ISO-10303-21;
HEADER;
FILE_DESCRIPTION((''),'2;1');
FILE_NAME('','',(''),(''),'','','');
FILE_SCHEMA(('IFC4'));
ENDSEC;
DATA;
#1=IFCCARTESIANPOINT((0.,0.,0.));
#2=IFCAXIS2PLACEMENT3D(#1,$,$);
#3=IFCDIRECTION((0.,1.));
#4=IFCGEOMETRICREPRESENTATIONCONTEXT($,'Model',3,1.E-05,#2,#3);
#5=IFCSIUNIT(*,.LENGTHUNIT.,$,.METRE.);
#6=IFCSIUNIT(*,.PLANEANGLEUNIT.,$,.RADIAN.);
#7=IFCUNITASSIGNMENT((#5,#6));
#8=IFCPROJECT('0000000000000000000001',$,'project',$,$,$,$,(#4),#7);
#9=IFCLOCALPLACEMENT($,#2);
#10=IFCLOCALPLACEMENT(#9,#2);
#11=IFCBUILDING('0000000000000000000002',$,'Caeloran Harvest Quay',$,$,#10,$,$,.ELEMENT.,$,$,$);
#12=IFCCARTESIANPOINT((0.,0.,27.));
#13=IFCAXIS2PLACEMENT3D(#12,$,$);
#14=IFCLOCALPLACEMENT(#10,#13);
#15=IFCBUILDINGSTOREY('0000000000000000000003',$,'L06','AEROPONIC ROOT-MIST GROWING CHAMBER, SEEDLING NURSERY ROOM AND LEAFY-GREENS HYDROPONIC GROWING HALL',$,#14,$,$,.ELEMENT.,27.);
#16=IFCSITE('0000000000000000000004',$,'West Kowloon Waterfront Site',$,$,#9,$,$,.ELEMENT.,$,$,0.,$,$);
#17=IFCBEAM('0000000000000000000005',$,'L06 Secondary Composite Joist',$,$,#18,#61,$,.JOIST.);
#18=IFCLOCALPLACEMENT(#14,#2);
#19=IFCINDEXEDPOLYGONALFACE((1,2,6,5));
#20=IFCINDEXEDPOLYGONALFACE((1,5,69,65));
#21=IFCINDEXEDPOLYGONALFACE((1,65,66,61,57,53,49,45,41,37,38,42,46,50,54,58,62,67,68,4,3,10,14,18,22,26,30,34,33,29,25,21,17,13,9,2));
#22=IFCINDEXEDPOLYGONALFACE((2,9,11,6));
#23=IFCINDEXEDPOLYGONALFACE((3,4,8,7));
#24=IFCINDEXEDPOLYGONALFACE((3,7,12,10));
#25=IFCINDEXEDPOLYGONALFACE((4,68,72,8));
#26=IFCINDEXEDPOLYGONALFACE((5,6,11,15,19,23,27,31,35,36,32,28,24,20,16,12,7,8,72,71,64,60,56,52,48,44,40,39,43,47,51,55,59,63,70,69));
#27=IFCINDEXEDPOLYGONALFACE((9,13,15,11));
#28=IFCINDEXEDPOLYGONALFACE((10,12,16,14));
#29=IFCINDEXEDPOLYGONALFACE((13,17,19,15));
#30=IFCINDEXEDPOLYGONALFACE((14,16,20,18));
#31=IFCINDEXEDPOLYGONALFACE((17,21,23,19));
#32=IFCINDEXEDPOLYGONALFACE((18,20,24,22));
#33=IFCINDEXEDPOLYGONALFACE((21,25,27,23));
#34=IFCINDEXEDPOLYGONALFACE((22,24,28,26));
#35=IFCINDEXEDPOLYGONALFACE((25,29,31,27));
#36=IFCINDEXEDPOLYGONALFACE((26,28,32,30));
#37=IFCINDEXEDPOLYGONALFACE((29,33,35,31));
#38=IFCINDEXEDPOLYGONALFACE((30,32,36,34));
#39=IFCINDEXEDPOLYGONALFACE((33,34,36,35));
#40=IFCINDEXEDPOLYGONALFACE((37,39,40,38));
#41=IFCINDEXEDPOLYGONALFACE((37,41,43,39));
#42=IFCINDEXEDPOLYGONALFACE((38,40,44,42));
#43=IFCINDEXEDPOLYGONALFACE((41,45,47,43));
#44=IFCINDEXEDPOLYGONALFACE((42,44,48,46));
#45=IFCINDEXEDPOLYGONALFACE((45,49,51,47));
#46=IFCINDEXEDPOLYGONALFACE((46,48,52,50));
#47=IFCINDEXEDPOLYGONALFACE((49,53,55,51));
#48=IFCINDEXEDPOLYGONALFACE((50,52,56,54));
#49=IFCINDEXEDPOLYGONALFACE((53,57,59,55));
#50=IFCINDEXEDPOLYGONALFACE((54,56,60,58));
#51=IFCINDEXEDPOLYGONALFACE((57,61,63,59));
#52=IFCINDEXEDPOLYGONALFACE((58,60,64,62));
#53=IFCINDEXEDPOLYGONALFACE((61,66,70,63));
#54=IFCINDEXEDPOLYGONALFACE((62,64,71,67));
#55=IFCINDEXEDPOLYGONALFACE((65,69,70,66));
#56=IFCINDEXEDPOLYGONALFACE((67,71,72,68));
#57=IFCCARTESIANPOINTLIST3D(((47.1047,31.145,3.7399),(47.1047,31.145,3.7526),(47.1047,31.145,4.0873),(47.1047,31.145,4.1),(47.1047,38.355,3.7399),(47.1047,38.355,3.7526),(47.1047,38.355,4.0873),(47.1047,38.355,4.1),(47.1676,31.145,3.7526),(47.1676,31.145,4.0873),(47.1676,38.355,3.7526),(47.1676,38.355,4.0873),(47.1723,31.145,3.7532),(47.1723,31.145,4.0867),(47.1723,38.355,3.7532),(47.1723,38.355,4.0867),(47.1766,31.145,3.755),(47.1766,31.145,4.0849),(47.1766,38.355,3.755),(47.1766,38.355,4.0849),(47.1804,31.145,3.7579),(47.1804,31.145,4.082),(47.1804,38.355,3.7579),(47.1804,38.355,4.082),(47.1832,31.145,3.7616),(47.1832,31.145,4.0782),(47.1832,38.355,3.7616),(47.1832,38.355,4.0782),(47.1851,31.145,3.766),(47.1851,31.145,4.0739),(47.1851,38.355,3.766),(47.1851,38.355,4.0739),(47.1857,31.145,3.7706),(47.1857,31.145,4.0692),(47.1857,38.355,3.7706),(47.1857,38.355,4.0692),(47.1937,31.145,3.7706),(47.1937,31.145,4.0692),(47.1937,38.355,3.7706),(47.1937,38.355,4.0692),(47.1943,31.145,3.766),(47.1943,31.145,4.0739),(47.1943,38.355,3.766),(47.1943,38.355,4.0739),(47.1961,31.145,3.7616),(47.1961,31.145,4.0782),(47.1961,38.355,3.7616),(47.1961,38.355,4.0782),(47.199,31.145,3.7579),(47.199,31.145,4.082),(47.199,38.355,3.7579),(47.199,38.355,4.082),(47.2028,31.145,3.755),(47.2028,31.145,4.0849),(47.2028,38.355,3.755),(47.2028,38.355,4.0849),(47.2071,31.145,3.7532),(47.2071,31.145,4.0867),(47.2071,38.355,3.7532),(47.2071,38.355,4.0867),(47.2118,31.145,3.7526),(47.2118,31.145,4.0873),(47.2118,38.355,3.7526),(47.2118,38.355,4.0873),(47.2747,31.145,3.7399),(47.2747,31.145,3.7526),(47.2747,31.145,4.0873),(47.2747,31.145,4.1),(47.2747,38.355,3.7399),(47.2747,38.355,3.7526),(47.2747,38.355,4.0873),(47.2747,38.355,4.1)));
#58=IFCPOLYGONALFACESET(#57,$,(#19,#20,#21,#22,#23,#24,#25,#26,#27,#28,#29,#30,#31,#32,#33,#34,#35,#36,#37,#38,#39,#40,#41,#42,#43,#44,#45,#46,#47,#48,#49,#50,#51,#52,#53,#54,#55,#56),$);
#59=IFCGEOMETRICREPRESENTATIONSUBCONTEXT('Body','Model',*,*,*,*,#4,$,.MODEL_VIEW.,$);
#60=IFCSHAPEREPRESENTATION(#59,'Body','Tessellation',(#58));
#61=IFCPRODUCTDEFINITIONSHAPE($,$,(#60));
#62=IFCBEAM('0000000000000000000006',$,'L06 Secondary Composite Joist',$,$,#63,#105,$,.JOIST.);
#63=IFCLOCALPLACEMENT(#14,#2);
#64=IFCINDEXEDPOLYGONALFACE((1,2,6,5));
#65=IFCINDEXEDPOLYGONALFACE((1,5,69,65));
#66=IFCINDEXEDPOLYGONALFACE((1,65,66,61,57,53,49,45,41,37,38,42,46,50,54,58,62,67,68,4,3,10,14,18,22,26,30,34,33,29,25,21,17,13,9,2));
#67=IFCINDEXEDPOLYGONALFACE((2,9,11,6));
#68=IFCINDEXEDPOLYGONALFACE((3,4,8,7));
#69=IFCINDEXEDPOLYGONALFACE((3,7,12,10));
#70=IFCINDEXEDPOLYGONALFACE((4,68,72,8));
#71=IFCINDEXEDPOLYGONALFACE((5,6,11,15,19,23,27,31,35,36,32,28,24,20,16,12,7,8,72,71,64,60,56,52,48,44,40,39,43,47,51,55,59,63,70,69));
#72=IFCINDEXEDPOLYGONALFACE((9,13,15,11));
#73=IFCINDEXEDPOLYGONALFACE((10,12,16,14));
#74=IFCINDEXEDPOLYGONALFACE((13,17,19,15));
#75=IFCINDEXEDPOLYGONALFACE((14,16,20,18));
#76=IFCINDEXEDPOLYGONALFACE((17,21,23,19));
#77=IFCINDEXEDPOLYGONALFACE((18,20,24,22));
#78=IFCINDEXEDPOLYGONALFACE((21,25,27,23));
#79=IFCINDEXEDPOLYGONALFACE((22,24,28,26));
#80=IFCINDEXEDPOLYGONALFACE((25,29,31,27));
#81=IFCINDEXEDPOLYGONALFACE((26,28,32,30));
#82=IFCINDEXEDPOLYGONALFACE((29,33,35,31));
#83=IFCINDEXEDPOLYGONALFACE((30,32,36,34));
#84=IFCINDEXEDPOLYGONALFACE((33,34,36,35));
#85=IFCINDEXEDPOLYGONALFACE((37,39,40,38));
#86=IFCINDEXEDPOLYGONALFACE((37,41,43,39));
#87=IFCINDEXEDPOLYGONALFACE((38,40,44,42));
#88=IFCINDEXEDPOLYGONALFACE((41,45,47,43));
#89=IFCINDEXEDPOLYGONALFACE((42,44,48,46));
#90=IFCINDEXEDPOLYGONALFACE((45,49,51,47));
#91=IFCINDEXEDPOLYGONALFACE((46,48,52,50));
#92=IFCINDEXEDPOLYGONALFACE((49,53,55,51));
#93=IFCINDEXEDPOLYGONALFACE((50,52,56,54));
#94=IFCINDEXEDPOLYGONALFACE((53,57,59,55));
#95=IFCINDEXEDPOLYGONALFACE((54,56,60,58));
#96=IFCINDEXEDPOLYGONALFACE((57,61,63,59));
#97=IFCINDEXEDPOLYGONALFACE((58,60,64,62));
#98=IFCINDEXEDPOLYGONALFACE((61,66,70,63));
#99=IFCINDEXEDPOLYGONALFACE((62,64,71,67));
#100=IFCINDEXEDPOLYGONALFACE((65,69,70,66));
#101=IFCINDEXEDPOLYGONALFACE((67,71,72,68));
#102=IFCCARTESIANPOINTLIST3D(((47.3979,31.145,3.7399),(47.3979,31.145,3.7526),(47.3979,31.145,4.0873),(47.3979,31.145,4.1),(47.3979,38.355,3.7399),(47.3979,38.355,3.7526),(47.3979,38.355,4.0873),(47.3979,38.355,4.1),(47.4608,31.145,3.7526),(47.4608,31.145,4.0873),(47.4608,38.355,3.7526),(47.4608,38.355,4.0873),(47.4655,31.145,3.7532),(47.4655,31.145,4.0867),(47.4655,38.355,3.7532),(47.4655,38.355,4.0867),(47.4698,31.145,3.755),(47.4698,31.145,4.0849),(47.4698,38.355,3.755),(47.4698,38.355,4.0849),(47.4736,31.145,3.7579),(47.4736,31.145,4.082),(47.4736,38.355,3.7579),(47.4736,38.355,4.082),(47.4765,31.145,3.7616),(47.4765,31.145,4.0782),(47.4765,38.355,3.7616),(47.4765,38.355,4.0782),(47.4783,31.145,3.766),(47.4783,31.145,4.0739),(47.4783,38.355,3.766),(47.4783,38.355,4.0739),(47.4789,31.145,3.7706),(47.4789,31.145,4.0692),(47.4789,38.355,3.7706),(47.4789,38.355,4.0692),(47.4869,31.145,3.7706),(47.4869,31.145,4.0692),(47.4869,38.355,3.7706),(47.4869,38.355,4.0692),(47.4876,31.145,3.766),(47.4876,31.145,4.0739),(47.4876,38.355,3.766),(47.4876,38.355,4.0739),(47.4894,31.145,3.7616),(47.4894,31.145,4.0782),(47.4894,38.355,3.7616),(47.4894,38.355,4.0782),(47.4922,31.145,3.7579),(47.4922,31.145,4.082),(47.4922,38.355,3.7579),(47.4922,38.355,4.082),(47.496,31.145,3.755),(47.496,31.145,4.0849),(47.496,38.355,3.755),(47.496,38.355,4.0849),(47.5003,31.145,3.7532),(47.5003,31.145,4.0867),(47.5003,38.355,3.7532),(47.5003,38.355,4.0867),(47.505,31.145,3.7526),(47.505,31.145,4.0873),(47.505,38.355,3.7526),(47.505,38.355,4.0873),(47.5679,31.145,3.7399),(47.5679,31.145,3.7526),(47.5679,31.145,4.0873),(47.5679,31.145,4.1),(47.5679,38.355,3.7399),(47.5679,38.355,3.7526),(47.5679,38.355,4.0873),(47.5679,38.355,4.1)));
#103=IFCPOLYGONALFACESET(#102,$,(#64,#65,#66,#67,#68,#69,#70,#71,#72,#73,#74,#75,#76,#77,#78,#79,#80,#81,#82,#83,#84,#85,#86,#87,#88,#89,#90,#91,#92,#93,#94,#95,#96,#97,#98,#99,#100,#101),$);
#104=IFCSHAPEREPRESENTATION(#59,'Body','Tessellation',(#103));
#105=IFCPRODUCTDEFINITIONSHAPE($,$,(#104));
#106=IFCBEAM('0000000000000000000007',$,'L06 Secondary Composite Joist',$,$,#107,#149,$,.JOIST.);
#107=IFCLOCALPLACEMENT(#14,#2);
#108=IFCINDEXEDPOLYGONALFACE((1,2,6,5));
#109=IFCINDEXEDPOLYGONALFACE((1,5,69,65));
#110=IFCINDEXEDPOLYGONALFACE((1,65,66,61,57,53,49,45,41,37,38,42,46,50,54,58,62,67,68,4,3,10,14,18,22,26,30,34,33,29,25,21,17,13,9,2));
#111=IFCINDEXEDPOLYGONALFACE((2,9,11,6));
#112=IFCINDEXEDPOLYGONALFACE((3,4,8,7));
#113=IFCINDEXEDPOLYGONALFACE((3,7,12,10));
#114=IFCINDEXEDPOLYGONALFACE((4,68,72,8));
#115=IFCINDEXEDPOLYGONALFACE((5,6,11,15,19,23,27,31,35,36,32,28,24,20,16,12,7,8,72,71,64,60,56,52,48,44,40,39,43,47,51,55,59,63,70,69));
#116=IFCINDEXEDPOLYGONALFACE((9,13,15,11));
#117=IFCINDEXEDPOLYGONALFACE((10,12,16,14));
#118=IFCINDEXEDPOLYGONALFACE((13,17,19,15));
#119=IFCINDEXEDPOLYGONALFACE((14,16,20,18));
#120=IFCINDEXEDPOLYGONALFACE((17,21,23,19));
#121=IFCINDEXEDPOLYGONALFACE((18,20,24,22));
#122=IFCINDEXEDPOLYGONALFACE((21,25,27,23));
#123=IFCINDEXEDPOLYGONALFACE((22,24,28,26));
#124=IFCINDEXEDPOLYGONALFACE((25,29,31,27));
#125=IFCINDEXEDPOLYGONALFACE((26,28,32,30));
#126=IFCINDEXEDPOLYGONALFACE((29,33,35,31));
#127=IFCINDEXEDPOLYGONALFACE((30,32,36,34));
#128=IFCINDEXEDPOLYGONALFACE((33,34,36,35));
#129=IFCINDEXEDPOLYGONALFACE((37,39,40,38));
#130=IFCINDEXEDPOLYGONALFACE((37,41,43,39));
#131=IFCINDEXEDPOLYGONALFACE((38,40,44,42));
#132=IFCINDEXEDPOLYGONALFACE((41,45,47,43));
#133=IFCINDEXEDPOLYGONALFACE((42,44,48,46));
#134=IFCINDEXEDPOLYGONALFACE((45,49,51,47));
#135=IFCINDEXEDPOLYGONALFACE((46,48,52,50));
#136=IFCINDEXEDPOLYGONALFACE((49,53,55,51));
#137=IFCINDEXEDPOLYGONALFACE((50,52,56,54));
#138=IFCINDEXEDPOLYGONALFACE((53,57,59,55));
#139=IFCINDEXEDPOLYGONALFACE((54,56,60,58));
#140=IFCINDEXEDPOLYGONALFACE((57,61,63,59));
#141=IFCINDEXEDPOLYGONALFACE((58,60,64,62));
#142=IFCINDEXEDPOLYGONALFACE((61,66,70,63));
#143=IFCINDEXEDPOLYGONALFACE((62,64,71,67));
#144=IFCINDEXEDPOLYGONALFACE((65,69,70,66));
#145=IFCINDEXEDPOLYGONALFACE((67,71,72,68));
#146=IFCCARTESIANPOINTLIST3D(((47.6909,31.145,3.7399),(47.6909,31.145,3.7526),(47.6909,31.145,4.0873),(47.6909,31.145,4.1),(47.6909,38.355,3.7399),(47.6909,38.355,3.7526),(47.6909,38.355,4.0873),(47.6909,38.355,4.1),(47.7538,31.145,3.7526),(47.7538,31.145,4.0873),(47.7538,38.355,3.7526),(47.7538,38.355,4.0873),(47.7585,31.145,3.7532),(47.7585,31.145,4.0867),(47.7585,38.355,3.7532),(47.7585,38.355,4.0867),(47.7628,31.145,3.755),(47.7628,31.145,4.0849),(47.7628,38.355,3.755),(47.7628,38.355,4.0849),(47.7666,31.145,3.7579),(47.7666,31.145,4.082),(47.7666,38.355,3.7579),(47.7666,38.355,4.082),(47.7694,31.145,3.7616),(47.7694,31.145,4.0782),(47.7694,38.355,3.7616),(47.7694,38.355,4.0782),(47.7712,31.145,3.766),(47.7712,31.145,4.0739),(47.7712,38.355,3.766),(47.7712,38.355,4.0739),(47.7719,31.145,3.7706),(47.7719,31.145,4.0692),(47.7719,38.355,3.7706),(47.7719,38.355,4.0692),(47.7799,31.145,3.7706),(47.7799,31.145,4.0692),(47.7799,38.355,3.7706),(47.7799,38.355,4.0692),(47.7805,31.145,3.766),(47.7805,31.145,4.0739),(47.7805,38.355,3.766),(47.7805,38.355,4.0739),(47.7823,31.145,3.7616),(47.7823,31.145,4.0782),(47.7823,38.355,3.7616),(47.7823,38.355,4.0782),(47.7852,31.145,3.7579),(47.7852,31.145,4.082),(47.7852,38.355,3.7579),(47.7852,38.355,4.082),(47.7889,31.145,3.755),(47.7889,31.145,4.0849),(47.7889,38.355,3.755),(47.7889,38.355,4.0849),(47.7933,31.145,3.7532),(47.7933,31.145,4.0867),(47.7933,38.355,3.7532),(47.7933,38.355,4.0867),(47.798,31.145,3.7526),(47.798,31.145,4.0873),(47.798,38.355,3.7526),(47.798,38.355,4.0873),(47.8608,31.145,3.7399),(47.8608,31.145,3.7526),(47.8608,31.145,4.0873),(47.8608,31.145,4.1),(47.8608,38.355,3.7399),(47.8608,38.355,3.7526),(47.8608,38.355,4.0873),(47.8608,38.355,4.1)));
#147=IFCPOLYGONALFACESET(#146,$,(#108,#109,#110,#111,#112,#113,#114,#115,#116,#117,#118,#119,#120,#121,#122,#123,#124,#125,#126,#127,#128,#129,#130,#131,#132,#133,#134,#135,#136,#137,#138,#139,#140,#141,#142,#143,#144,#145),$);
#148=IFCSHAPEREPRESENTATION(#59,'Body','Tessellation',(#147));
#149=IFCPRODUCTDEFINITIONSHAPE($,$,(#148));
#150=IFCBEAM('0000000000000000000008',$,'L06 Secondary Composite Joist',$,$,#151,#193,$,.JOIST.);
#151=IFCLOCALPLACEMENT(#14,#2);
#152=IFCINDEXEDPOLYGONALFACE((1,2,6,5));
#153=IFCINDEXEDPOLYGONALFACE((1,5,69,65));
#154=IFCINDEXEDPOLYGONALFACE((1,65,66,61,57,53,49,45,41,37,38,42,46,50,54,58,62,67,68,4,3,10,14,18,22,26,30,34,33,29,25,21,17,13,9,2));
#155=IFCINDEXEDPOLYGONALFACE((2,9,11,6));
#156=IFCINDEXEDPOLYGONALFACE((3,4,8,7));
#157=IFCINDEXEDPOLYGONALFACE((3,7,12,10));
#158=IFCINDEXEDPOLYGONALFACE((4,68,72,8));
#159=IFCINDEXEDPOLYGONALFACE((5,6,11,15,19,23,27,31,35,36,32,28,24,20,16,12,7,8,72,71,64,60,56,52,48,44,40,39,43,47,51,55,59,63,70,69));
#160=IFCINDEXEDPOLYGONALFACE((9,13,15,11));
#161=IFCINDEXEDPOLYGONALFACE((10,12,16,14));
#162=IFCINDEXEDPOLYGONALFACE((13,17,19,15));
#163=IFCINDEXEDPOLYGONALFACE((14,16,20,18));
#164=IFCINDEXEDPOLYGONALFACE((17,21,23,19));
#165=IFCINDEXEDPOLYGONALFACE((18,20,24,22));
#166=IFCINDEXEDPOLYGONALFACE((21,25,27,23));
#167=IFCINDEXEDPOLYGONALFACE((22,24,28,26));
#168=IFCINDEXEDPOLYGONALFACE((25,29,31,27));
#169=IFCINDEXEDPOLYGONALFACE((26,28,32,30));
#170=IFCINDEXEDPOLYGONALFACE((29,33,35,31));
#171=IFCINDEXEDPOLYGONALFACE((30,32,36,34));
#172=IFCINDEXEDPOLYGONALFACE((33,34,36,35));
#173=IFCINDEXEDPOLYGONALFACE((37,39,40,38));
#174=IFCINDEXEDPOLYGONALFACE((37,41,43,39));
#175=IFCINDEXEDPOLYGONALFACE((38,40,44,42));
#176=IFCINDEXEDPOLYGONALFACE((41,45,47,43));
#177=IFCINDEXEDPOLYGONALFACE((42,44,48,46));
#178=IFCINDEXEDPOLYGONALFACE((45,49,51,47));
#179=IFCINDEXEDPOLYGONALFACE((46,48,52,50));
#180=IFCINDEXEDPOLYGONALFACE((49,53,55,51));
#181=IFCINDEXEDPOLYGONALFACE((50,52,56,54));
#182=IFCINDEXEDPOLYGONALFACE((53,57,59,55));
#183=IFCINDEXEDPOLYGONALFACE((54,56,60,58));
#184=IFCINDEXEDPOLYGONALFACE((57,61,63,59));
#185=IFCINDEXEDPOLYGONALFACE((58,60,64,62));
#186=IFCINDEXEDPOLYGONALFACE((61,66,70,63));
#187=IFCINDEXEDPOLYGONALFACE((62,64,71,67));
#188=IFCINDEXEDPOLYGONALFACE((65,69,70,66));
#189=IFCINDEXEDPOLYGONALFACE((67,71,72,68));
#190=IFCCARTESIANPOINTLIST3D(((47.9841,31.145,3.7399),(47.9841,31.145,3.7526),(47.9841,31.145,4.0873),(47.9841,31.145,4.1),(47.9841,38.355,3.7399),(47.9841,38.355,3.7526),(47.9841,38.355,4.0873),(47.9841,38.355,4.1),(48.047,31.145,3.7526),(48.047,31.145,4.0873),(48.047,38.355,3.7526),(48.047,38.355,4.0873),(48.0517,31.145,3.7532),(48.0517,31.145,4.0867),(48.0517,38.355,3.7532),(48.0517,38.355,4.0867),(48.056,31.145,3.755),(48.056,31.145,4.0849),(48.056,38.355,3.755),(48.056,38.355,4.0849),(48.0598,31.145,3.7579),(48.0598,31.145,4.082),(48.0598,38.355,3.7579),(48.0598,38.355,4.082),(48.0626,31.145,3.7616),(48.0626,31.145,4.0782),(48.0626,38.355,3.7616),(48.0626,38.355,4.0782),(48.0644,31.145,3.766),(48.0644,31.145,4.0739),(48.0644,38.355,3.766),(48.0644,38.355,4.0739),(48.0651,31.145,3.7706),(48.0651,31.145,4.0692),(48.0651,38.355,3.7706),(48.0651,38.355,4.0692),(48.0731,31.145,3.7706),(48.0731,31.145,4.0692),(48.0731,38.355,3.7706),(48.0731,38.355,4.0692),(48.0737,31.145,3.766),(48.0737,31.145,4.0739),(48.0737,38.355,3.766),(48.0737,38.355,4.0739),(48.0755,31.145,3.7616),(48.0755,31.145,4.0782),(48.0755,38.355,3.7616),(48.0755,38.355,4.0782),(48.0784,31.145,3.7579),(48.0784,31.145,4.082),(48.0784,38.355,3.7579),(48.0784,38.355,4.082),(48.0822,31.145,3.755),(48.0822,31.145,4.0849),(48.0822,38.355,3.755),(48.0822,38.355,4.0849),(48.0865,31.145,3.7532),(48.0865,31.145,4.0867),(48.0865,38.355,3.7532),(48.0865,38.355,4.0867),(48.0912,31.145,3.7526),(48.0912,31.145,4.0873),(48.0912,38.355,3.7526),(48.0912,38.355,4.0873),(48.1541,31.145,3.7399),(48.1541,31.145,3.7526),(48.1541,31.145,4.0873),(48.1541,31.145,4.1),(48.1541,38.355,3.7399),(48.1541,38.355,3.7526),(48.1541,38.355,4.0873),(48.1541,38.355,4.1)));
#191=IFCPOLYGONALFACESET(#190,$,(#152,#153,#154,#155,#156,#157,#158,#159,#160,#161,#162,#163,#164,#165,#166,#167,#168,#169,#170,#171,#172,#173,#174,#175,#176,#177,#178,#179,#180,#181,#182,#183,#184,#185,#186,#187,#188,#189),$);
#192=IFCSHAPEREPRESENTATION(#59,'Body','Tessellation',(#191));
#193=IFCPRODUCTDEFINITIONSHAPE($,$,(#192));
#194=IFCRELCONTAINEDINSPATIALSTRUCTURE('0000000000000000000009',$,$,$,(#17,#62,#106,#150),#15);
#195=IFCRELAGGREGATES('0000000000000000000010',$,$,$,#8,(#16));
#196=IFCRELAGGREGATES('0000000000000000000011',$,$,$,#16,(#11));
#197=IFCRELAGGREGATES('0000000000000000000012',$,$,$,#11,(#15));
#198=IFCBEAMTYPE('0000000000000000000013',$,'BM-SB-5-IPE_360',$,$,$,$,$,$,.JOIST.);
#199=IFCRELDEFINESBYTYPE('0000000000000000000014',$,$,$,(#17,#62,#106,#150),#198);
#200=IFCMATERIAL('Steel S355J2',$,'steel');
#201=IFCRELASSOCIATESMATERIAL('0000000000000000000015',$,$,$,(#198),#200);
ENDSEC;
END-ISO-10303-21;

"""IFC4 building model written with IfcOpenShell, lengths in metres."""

from ifc_helpers import new_model, si_unit, direction, frame, origin, origin_2d, place, context, subcontext, project, spatial, i_section, extrude, material, material_profile, profile_set, type_object, element, save


model = new_model("IFC4")

# Units and contexts
model_context = context("Model", 3, precision=1e-05, world=origin(), true_north=direction((0.0, 1.0)))
body_context = subcontext(model_context, "Body", "Model", "MODEL_VIEW")
ifc_project = project(units=[si_unit("LENGTHUNIT", "METRE"), si_unit("PLANEANGLEUNIT", "RADIAN")], contexts=[model_context])

# Site, building, storey
site_placement = place(None, origin())
site = spatial("IfcSite", under=ifc_project, at=site_placement, Name="West Kowloon Waterfront Site", CompositionType="ELEMENT", RefElevation=0.0)
building_placement = place(site_placement, origin())
building = spatial("IfcBuilding", under=site, at=building_placement, Name="Caeloran Harvest Quay", CompositionType="ELEMENT")
storey_placement = place(building_placement, frame((0.0, 0.0, 27.0)))
storey = spatial("IfcBuildingStorey", under=building, at=storey_placement, Name="L06", Description="AEROPONIC ROOT-MIST GROWING CHAMBER, SEEDLING NURSERY ROOM AND LEAFY-GREENS HYDROPONIC GROWING HALL", CompositionType="ELEMENT", Elevation=27.0)

# Beams
ifc_material_1 = material(Name="Steel S355J2", Category="steel")
ifc_material_profile_1 = material_profile(ifc_material_1, i_section(OverallWidth=0.1699, OverallDepth=0.3601, WebThickness=0.0081, FlangeThickness=0.0127, FilletRadius=0.0181, at=origin_2d()), Name="IPE 360")
ifc_profile_set_1 = profile_set([ifc_material_profile_1], Name="Steel S355J2")
beam_type_1 = type_object("IfcBeamType", Name="BM-SB-5-IPE_360", PredefinedType="JOIST", material=ifc_profile_set_1)
for number, where, z_axis, x_axis, name in (
    (1, (47.1897, 31.145, 3.9199), (0.0, 1.0, 0.0), (-1.0, 0.0, 0.0), "L06 Secondary Composite Joist"),
    (2, (47.4829, 31.145, 3.9199), (0.0, 1.0, 0.0), (-1.0, 0.0, 0.0), "L06 Secondary Composite Joist"),
    (3, (47.7759, 31.145, 3.9199), (0.0, 1.0, 0.0), (-1.0, 0.0, 0.0), "L06 Secondary Composite Joist"),
    (4, (48.0691, 31.145, 3.9199), (0.0, 1.0, 0.0), (-1.0, 0.0, 0.0), "L06 Secondary Composite Joist"),
):
    element("IfcBeam", number, at=place(storey_placement, frame(where, z_axis=z_axis, x_axis=x_axis)), inside=storey, type_object=beam_type_1, Name=name, PredefinedType="JOIST", context=body_context, shape_type="SweptSolid", body=[
        extrude(i_section(OverallWidth=0.1699, OverallDepth=0.3601, WebThickness=0.0081, FlangeThickness=0.0127, FilletRadius=0.0181, at=origin_2d()), origin(), (0.0, 0.0, 1.0), 7.21),
    ])

save(model, "model.ifc")
